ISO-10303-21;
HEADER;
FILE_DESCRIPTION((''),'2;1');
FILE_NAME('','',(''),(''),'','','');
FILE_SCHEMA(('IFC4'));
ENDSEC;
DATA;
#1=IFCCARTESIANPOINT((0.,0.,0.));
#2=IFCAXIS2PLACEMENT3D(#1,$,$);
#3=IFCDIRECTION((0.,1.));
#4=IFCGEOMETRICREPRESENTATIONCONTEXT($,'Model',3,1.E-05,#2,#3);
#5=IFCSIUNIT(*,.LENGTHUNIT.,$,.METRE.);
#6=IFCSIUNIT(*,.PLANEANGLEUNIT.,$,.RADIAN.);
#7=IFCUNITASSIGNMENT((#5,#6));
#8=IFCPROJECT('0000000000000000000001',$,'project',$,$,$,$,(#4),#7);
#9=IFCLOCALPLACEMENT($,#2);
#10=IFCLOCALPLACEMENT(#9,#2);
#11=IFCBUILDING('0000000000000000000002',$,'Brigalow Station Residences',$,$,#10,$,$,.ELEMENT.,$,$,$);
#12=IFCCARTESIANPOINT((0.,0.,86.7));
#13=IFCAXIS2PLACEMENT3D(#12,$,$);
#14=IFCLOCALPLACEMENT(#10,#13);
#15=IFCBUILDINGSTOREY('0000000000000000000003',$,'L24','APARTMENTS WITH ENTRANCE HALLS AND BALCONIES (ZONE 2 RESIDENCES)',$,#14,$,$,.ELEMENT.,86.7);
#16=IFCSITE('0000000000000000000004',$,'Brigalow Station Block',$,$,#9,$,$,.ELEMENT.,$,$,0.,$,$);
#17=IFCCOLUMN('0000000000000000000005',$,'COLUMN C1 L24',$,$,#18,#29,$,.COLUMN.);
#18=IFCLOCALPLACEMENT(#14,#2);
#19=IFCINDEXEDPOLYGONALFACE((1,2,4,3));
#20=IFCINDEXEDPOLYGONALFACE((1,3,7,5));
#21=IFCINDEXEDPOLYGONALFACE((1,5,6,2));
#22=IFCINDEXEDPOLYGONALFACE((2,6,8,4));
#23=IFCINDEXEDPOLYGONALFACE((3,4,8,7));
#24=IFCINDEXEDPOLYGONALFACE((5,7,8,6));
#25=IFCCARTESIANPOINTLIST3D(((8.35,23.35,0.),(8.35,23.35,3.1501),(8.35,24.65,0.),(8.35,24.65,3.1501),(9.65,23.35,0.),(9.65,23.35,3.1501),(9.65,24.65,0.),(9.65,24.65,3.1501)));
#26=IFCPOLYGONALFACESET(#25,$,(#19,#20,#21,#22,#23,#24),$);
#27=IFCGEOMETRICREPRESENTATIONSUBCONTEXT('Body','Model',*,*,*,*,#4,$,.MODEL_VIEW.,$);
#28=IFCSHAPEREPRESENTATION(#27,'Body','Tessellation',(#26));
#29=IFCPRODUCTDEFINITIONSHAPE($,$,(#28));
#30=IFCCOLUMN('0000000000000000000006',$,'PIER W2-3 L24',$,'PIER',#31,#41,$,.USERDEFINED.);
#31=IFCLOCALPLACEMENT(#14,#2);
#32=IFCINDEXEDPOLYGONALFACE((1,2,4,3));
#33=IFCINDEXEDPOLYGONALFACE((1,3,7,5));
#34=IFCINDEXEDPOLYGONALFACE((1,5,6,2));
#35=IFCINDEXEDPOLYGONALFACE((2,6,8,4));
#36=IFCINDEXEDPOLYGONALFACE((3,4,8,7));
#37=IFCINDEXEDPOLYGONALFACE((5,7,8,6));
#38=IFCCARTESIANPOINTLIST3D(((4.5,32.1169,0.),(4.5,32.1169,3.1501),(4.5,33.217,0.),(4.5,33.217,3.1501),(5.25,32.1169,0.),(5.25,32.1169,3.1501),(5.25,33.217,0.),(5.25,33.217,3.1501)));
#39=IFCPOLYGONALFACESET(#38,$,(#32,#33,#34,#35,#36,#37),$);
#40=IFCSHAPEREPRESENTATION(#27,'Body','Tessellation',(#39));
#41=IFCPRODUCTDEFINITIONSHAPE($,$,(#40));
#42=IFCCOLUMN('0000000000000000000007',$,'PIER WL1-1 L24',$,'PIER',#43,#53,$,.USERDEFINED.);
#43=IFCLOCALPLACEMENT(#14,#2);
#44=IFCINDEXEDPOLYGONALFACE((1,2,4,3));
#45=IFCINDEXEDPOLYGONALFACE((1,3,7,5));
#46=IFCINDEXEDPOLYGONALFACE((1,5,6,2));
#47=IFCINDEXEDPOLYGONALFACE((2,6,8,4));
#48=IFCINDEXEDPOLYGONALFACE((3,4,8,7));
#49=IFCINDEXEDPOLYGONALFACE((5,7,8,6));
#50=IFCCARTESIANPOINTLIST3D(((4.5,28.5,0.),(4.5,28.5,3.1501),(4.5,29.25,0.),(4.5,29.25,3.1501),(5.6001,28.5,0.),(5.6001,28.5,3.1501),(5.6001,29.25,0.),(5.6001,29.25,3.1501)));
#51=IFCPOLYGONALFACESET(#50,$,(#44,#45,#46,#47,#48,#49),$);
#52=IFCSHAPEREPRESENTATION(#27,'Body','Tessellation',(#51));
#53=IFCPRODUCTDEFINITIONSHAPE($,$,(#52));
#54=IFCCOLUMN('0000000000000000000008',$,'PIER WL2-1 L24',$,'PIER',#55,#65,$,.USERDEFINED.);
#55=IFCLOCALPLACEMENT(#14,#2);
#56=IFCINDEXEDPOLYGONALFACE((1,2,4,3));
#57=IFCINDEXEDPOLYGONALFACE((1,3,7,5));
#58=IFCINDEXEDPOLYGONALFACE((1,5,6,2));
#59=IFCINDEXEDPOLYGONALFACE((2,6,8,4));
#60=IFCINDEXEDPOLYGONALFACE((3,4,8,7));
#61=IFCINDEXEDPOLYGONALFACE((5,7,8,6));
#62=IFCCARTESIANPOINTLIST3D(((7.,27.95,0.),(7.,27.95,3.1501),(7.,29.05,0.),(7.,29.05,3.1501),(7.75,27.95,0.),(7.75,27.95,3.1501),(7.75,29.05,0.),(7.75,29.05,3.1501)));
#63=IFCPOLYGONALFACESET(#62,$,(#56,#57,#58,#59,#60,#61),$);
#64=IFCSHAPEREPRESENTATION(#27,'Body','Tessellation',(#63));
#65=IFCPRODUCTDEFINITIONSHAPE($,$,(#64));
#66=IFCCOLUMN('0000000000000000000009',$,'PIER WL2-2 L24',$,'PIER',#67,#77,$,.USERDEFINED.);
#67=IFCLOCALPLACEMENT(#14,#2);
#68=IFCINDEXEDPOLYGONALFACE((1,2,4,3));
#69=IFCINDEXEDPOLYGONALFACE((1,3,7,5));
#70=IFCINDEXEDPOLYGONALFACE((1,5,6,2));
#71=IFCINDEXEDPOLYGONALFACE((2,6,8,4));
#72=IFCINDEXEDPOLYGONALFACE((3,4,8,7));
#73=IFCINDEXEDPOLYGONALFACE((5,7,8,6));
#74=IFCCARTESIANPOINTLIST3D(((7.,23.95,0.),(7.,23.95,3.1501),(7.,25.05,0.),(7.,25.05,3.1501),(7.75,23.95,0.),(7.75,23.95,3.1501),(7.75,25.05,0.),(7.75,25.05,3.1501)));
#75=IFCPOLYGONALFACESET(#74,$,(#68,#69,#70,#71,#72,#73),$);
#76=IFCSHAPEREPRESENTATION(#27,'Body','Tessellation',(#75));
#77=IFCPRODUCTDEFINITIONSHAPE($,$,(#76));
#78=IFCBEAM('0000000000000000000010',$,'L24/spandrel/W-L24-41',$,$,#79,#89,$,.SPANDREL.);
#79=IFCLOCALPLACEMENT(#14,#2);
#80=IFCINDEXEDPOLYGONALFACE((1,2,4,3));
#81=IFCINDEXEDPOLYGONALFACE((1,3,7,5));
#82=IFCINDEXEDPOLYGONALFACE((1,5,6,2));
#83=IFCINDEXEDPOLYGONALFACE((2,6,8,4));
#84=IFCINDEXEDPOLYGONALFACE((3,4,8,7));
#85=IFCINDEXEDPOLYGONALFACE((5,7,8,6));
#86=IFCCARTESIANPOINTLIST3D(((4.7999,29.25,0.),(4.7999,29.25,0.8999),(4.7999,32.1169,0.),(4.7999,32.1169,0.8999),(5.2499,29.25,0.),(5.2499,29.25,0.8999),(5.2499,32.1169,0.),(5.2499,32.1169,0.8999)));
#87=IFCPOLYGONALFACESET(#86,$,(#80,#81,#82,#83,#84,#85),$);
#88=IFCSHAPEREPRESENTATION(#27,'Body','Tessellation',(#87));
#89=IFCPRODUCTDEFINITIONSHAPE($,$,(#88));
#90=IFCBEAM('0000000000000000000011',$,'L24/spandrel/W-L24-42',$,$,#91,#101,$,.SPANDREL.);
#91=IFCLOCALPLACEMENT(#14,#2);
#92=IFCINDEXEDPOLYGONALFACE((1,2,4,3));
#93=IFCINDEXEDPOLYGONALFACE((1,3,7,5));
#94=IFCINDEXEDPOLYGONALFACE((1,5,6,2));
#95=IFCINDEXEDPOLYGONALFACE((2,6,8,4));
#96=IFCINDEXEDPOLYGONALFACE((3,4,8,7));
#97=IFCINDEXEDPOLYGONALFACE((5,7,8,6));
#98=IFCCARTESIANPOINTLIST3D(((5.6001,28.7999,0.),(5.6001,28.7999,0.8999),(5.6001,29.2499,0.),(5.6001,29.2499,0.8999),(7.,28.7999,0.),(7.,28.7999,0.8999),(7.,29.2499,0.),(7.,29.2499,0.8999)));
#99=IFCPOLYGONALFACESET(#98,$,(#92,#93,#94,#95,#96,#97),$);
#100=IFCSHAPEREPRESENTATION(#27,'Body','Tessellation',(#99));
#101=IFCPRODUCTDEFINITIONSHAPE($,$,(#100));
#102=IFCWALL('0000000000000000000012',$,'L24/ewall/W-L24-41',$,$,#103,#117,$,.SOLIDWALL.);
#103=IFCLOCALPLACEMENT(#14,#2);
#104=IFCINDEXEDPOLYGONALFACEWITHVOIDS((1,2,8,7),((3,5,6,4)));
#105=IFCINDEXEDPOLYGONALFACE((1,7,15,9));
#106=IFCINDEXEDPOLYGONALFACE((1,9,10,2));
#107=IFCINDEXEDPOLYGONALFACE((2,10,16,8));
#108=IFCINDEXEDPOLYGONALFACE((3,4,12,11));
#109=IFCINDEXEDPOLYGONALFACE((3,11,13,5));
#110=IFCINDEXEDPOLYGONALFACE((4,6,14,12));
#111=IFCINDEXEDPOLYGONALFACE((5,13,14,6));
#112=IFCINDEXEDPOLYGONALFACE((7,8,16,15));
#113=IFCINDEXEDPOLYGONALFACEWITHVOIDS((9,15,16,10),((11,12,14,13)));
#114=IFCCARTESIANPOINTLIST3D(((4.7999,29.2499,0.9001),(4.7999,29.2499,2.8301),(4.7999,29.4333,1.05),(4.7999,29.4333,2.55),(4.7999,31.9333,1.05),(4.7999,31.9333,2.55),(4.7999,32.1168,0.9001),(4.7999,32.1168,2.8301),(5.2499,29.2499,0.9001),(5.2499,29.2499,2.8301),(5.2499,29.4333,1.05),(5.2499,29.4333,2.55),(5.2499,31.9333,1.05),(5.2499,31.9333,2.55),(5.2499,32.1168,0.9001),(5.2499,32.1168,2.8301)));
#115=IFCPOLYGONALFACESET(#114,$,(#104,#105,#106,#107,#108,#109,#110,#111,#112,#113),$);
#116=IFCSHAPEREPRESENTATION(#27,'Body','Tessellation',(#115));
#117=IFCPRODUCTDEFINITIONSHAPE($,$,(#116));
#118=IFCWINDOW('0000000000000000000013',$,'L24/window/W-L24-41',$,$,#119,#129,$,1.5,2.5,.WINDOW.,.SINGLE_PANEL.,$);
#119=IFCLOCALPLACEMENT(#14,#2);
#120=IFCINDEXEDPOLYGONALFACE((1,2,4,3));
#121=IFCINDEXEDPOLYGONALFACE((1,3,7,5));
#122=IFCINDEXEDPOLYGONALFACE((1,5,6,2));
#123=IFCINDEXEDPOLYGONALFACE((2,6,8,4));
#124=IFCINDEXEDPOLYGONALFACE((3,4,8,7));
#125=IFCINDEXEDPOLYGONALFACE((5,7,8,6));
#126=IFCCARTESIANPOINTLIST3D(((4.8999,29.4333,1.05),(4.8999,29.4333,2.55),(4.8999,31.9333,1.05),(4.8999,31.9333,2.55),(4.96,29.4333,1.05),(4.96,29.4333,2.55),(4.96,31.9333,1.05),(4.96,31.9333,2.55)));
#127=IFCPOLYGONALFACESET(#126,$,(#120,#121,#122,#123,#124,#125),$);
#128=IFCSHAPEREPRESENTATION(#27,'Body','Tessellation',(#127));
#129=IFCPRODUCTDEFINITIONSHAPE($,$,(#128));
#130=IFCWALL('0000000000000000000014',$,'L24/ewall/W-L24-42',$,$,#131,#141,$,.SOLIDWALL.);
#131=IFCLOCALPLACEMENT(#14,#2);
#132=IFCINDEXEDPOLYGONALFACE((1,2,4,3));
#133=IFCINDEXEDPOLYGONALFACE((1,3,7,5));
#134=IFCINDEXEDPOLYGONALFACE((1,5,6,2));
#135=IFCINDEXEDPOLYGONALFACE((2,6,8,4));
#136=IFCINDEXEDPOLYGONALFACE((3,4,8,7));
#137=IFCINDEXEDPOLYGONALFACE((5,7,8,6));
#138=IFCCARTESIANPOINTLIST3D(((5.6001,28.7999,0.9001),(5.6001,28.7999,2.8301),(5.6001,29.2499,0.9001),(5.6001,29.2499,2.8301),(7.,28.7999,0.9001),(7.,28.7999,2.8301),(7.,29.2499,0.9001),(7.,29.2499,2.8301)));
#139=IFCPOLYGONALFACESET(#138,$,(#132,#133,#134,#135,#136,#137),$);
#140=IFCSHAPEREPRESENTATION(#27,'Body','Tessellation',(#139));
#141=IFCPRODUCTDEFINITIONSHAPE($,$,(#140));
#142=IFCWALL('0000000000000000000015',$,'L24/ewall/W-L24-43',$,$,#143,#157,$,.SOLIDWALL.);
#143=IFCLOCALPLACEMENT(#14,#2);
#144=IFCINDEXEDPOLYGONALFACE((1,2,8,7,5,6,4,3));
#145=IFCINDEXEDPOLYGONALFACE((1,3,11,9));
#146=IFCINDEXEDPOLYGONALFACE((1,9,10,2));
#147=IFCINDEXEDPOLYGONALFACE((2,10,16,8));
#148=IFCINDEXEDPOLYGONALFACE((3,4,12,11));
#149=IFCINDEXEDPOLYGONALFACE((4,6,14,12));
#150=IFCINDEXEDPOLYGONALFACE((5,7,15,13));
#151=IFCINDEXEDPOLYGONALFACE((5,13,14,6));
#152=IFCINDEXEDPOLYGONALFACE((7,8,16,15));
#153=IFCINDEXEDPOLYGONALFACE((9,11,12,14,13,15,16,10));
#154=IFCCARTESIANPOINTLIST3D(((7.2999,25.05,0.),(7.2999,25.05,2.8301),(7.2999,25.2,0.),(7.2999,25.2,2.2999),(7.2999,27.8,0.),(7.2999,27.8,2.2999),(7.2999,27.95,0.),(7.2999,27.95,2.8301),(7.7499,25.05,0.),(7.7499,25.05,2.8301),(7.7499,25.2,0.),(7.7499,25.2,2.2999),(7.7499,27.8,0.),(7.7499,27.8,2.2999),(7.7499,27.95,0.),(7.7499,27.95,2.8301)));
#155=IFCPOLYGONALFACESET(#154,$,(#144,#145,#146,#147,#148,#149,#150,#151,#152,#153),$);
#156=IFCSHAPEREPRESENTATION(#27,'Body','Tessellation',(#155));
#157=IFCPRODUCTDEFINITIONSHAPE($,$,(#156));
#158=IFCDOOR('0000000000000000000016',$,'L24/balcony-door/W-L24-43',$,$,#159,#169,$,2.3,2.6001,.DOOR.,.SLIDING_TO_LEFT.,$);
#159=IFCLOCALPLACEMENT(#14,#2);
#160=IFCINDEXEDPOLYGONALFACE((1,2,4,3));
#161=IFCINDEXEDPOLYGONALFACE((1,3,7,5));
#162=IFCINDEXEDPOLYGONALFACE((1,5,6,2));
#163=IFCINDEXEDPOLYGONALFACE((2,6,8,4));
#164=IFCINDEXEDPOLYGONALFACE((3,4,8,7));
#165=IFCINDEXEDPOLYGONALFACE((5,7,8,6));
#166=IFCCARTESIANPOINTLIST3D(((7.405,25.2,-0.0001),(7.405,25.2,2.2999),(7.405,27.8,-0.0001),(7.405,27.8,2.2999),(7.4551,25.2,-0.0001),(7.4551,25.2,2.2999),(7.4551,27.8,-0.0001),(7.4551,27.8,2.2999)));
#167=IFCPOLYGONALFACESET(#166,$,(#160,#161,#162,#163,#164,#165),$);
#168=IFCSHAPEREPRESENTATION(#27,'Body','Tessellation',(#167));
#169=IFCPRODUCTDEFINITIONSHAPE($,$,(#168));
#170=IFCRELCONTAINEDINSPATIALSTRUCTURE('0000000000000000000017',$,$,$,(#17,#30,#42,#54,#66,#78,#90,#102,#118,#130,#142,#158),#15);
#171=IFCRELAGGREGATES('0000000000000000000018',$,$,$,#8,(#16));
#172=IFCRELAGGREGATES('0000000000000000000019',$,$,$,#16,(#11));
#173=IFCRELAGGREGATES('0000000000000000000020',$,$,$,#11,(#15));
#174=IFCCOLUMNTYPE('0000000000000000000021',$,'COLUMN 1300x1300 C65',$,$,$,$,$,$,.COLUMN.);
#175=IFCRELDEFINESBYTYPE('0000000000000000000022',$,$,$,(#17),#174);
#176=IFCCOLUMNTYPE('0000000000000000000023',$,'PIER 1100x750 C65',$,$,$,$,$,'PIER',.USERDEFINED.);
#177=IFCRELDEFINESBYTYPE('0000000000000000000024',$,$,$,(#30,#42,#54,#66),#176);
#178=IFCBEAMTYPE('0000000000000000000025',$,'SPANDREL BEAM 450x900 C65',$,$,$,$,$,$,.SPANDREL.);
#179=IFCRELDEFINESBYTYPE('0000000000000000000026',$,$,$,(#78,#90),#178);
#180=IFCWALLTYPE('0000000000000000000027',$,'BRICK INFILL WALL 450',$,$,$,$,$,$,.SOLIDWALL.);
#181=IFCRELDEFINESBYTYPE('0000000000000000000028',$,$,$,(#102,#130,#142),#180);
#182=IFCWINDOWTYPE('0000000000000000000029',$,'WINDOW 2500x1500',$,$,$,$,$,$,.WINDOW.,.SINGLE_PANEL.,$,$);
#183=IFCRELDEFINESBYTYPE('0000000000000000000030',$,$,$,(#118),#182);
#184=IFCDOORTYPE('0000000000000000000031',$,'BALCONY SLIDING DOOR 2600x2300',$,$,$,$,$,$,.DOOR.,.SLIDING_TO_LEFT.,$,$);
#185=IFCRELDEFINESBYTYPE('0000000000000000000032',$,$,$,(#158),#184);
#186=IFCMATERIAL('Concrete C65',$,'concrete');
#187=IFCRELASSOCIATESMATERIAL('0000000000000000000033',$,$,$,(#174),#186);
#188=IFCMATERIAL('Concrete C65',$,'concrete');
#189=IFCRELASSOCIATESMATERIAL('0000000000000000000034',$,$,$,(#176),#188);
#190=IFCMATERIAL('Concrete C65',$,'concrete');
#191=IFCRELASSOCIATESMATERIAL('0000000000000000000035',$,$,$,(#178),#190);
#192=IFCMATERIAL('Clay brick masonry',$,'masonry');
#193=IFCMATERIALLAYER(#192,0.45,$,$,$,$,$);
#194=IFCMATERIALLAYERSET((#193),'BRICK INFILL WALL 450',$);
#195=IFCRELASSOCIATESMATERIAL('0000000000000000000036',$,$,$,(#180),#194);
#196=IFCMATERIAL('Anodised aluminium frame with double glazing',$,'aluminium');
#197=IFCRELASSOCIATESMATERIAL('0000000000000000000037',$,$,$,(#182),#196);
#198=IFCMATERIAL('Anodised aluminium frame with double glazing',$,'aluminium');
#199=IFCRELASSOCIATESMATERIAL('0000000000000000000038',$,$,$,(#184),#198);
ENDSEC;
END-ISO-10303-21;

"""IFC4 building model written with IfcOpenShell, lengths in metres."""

from ifc_helpers import new_model, si_unit, direction, frame, frame_2d, origin, origin_2d, place, context, subcontext, project, spatial, rectangle, extrude, material, layer, layer_set, material_profile, profile_set, type_object, element, fill, save


model = new_model("IFC4")

# Units and contexts
model_context = context("Model", 3, precision=1e-05, world=origin(), true_north=direction((0.0, 1.0)))
body_context = subcontext(model_context, "Body", "Model", "MODEL_VIEW")
ifc_project = project(units=[si_unit("LENGTHUNIT", "METRE"), si_unit("PLANEANGLEUNIT", "RADIAN")], contexts=[model_context])

# Site, building, storey
site_placement = place(None, origin())
site = spatial("IfcSite", under=ifc_project, at=site_placement, Name="Brigalow Station Block", CompositionType="ELEMENT", RefElevation=0.0)
building_placement = place(site_placement, origin())
building = spatial("IfcBuilding", under=site, at=building_placement, Name="Brigalow Station Residences", CompositionType="ELEMENT")
storey_placement = place(building_placement, frame((0.0, 0.0, 86.7)))
storey = spatial("IfcBuildingStorey", under=building, at=storey_placement, Name="L24", Description="APARTMENTS WITH ENTRANCE HALLS AND BALCONIES (ZONE 2 RESIDENCES)", CompositionType="ELEMENT", Elevation=86.7)

# Columns
ifc_material_1 = material(Name="Concrete C65", Category="concrete")
ifc_material_profile_1 = material_profile(ifc_material_1, rectangle(XDim=1.3, YDim=1.3, at=origin_2d()), Name="RC1300x1300")
ifc_profile_set_1 = profile_set([ifc_material_profile_1], Name="Concrete C65")
column_type_1 = type_object("IfcColumnType", Name="COLUMN 1300x1300 C65", PredefinedType="COLUMN", material=ifc_profile_set_1)
column_placement = place(storey_placement, frame((9.0, 24.0, 0.0), z_axis=(0.0, 0.0, 1.0), x_axis=(1.0, 0.0, 0.0)))
element("IfcColumn", 1, at=column_placement, inside=storey, type_object=column_type_1, Name="COLUMN C1 L24", PredefinedType="COLUMN", context=body_context, shape_type="SweptSolid", body=[
    extrude(rectangle(XDim=1.3, YDim=1.3, at=origin_2d()), origin(), (0.0, 0.0, 1.0), 3.1501),
])
ifc_material_2 = material(Name="Concrete C65", Category="concrete")
ifc_material_profile_2 = material_profile(ifc_material_2, rectangle(XDim=1.1001, YDim=0.75, at=origin_2d()), Name="RC1100x750")
ifc_profile_set_2 = profile_set([ifc_material_profile_2], Name="Concrete C65")
column_type_2 = type_object("IfcColumnType", Name="PIER 1100x750 C65", ElementType="PIER", PredefinedType="USERDEFINED", material=ifc_profile_set_2)
for number, where, z_axis, x_axis, name in (
    (2, (4.875, 32.667, 0.0), (0.0, 0.0, 1.0), (0.0, -1.0, 0.0), "PIER W2-3 L24"),
    (3, (5.05, 28.875, 0.0), (0.0, 0.0, 1.0), (1.0, 0.0, 0.0), "PIER WL1-1 L24"),
    (4, (7.375, 28.5, 0.0), (0.0, 0.0, 1.0), (0.0, -1.0, 0.0), "PIER WL2-1 L24"),
    (5, (7.375, 24.5, 0.0), (0.0, 0.0, 1.0), (0.0, -1.0, 0.0), "PIER WL2-2 L24"),
):
    element("IfcColumn", number, at=place(storey_placement, frame(where, z_axis=z_axis, x_axis=x_axis)), inside=storey, type_object=column_type_2, Name=name, ObjectType="PIER", PredefinedType="USERDEFINED", context=body_context, shape_type="SweptSolid", body=[
        extrude(rectangle(XDim=1.1001, YDim=0.75, at=origin_2d()), origin(), (0.0, 0.0, 1.0), 3.1501),
    ])

# Beams
ifc_material_3 = material(Name="Concrete C65", Category="concrete")
ifc_material_profile_3 = material_profile(ifc_material_3, rectangle(XDim=0.45, YDim=0.8999, at=origin_2d()), Name="RC450x900")
ifc_profile_set_3 = profile_set([ifc_material_profile_3], Name="Concrete C65")
beam_type = type_object("IfcBeamType", Name="SPANDREL BEAM 450x900 C65", PredefinedType="SPANDREL", material=ifc_profile_set_3)
beam_1_placement = place(storey_placement, frame((5.0249, 32.1169, 0.45), z_axis=(0.0, -1.0, 0.0), x_axis=(1.0, 0.0, 0.0)))
element("IfcBeam", 6, at=beam_1_placement, inside=storey, type_object=beam_type, Name="L24/spandrel/W-L24-41", PredefinedType="SPANDREL", context=body_context, shape_type="SweptSolid", body=[
    extrude(rectangle(XDim=0.45, YDim=0.8999, at=origin_2d()), origin(), (0.0, 0.0, 1.0), 2.8669),
])
beam_2_placement = place(storey_placement, frame((5.6001, 29.0249, 0.45), z_axis=(1.0, 0.0, 0.0), x_axis=(0.0, 1.0, 0.0)))
element("IfcBeam", 7, at=beam_2_placement, inside=storey, type_object=beam_type, Name="L24/spandrel/W-L24-42", PredefinedType="SPANDREL", context=body_context, shape_type="SweptSolid", body=[
    extrude(rectangle(XDim=0.45, YDim=0.8999, at=origin_2d()), origin(), (0.0, 0.0, 1.0), 1.3999),
])

# Wall, opening, window
ifc_material_4 = material(Name="Clay brick masonry", Category="masonry")
ifc_layer_1 = layer(ifc_material_4, 0.45)
ifc_layer_set_1 = layer_set([ifc_layer_1], Name="BRICK INFILL WALL 450")
wall_type_1 = type_object("IfcWallType", Name="BRICK INFILL WALL 450", PredefinedType="SOLIDWALL", material=ifc_layer_set_1)
wall_1_placement = place(storey_placement, frame((5.0249, 32.1169, 0.9001), z_axis=(0.0, 0.0, 1.0), x_axis=(0.0, -1.0, 0.0)))
wall_1 = element("IfcWall", 8, at=wall_1_placement, inside=storey, type_object=wall_type_1, Name="L24/ewall/W-L24-41", PredefinedType="SOLIDWALL", context=body_context, shape_type="SweptSolid", body=[
    extrude(rectangle(XDim=2.8669, YDim=0.45, at=frame_2d((1.4336, 0.0))), origin(), (0.0, 0.0, 1.0), 1.9299),
])
opening_1_placement = place(wall_1_placement, frame((0.1836, 0.0, 0.1499)))
opening_1 = element("IfcOpeningElement", 9, at=opening_1_placement, cuts=wall_1, PredefinedType="OPENING", context=body_context, shape_type="SweptSolid", body=[
    extrude(rectangle(XDim=2.5, YDim=1.5, at=frame_2d((1.25, 0.75))), frame((0.0, 0.2349, 0.0), z_axis=(0.0, -1.0, 0.0), x_axis=(1.0, 0.0, 0.0)), (0.0, 0.0, 1.0), 0.47),
])
ifc_material_5 = material(Name="Anodised aluminium frame with double glazing", Category="aluminium")
window_type = type_object("IfcWindowType", Name="WINDOW 2500x1500", PartitioningType="SINGLE_PANEL", PredefinedType="WINDOW", material=ifc_material_5)
window_placement = place(opening_1_placement, origin())
window = element("IfcWindow", 10, at=window_placement, inside=storey, type_object=window_type, Name="L24/window/W-L24-41", OverallHeight=1.5, OverallWidth=2.5, PartitioningType="SINGLE_PANEL", PredefinedType="WINDOW", context=body_context, shape_type="SweptSolid", body=[
    extrude(rectangle(XDim=2.5, YDim=1.5, at=frame_2d((1.25, 0.75))), frame((0.0, -0.0649, 0.0), z_axis=(0.0, -1.0, 0.0), x_axis=(1.0, 0.0, 0.0)), (0.0, 0.0, 1.0), 0.0601),
])
fill(opening_1, window)

# Wall
wall_2_placement = place(storey_placement, frame((5.6001, 29.0249, 0.9001), z_axis=(0.0, 0.0, 1.0), x_axis=(1.0, 0.0, 0.0)))
element("IfcWall", 11, at=wall_2_placement, inside=storey, type_object=wall_type_1, Name="L24/ewall/W-L24-42", PredefinedType="SOLIDWALL", context=body_context, shape_type="SweptSolid", body=[
    extrude(rectangle(XDim=1.3999, YDim=0.45, at=frame_2d((0.7, 0.0))), origin(), (0.0, 0.0, 1.0), 1.9299),
])

# Wall, opening, door
wall_3_placement = place(storey_placement, frame((7.5249, 27.95, 0.0), z_axis=(0.0, 0.0, 1.0), x_axis=(0.0, -1.0, 0.0)))
wall_3 = element("IfcWall", 12, at=wall_3_placement, inside=storey, type_object=wall_type_1, Name="L24/ewall/W-L24-43", PredefinedType="SOLIDWALL", context=body_context, shape_type="SweptSolid", body=[
    extrude(rectangle(XDim=2.8999, YDim=0.45, at=frame_2d((1.45, 0.0))), origin(), (0.0, 0.0, 1.0), 2.8301),
])
opening_2_placement = place(wall_3_placement, frame((0.1499, 0.0, 0.0)))
opening_2 = element("IfcOpeningElement", 13, at=opening_2_placement, cuts=wall_3, PredefinedType="OPENING", context=body_context, shape_type="SweptSolid", body=[
    extrude(rectangle(XDim=2.6001, YDim=2.3, at=frame_2d((1.3, 1.1499))), frame((0.0, 0.2349, 0.0), z_axis=(0.0, -1.0, 0.0), x_axis=(1.0, 0.0, 0.0)), (0.0, 0.0, 1.0), 0.47),
])
ifc_material_6 = material(Name="Anodised aluminium frame with double glazing", Category="aluminium")
door_type_1 = type_object("IfcDoorType", Name="BALCONY SLIDING DOOR 2600x2300", OperationType="SLIDING_TO_LEFT", PredefinedType="DOOR", material=ifc_material_6)
door_1_placement = place(opening_2_placement, origin())
door_1 = element("IfcDoor", 14, at=door_1_placement, inside=storey, type_object=door_type_1, Name="L24/balcony-door/W-L24-43", OperationType="SLIDING_TO_LEFT", OverallHeight=2.3, OverallWidth=2.6001, PredefinedType="DOOR", context=body_context, shape_type="SweptSolid", body=[
    extrude(rectangle(XDim=2.6001, YDim=2.3, at=frame_2d((1.3, 1.1499))), frame((0.0, -0.0698, 0.0), z_axis=(0.0, -1.0, 0.0), x_axis=(1.0, 0.0, 0.0)), (0.0, 0.0, 1.0), 0.05),
])
fill(opening_2, door_1)

save(model, "model.ifc")
